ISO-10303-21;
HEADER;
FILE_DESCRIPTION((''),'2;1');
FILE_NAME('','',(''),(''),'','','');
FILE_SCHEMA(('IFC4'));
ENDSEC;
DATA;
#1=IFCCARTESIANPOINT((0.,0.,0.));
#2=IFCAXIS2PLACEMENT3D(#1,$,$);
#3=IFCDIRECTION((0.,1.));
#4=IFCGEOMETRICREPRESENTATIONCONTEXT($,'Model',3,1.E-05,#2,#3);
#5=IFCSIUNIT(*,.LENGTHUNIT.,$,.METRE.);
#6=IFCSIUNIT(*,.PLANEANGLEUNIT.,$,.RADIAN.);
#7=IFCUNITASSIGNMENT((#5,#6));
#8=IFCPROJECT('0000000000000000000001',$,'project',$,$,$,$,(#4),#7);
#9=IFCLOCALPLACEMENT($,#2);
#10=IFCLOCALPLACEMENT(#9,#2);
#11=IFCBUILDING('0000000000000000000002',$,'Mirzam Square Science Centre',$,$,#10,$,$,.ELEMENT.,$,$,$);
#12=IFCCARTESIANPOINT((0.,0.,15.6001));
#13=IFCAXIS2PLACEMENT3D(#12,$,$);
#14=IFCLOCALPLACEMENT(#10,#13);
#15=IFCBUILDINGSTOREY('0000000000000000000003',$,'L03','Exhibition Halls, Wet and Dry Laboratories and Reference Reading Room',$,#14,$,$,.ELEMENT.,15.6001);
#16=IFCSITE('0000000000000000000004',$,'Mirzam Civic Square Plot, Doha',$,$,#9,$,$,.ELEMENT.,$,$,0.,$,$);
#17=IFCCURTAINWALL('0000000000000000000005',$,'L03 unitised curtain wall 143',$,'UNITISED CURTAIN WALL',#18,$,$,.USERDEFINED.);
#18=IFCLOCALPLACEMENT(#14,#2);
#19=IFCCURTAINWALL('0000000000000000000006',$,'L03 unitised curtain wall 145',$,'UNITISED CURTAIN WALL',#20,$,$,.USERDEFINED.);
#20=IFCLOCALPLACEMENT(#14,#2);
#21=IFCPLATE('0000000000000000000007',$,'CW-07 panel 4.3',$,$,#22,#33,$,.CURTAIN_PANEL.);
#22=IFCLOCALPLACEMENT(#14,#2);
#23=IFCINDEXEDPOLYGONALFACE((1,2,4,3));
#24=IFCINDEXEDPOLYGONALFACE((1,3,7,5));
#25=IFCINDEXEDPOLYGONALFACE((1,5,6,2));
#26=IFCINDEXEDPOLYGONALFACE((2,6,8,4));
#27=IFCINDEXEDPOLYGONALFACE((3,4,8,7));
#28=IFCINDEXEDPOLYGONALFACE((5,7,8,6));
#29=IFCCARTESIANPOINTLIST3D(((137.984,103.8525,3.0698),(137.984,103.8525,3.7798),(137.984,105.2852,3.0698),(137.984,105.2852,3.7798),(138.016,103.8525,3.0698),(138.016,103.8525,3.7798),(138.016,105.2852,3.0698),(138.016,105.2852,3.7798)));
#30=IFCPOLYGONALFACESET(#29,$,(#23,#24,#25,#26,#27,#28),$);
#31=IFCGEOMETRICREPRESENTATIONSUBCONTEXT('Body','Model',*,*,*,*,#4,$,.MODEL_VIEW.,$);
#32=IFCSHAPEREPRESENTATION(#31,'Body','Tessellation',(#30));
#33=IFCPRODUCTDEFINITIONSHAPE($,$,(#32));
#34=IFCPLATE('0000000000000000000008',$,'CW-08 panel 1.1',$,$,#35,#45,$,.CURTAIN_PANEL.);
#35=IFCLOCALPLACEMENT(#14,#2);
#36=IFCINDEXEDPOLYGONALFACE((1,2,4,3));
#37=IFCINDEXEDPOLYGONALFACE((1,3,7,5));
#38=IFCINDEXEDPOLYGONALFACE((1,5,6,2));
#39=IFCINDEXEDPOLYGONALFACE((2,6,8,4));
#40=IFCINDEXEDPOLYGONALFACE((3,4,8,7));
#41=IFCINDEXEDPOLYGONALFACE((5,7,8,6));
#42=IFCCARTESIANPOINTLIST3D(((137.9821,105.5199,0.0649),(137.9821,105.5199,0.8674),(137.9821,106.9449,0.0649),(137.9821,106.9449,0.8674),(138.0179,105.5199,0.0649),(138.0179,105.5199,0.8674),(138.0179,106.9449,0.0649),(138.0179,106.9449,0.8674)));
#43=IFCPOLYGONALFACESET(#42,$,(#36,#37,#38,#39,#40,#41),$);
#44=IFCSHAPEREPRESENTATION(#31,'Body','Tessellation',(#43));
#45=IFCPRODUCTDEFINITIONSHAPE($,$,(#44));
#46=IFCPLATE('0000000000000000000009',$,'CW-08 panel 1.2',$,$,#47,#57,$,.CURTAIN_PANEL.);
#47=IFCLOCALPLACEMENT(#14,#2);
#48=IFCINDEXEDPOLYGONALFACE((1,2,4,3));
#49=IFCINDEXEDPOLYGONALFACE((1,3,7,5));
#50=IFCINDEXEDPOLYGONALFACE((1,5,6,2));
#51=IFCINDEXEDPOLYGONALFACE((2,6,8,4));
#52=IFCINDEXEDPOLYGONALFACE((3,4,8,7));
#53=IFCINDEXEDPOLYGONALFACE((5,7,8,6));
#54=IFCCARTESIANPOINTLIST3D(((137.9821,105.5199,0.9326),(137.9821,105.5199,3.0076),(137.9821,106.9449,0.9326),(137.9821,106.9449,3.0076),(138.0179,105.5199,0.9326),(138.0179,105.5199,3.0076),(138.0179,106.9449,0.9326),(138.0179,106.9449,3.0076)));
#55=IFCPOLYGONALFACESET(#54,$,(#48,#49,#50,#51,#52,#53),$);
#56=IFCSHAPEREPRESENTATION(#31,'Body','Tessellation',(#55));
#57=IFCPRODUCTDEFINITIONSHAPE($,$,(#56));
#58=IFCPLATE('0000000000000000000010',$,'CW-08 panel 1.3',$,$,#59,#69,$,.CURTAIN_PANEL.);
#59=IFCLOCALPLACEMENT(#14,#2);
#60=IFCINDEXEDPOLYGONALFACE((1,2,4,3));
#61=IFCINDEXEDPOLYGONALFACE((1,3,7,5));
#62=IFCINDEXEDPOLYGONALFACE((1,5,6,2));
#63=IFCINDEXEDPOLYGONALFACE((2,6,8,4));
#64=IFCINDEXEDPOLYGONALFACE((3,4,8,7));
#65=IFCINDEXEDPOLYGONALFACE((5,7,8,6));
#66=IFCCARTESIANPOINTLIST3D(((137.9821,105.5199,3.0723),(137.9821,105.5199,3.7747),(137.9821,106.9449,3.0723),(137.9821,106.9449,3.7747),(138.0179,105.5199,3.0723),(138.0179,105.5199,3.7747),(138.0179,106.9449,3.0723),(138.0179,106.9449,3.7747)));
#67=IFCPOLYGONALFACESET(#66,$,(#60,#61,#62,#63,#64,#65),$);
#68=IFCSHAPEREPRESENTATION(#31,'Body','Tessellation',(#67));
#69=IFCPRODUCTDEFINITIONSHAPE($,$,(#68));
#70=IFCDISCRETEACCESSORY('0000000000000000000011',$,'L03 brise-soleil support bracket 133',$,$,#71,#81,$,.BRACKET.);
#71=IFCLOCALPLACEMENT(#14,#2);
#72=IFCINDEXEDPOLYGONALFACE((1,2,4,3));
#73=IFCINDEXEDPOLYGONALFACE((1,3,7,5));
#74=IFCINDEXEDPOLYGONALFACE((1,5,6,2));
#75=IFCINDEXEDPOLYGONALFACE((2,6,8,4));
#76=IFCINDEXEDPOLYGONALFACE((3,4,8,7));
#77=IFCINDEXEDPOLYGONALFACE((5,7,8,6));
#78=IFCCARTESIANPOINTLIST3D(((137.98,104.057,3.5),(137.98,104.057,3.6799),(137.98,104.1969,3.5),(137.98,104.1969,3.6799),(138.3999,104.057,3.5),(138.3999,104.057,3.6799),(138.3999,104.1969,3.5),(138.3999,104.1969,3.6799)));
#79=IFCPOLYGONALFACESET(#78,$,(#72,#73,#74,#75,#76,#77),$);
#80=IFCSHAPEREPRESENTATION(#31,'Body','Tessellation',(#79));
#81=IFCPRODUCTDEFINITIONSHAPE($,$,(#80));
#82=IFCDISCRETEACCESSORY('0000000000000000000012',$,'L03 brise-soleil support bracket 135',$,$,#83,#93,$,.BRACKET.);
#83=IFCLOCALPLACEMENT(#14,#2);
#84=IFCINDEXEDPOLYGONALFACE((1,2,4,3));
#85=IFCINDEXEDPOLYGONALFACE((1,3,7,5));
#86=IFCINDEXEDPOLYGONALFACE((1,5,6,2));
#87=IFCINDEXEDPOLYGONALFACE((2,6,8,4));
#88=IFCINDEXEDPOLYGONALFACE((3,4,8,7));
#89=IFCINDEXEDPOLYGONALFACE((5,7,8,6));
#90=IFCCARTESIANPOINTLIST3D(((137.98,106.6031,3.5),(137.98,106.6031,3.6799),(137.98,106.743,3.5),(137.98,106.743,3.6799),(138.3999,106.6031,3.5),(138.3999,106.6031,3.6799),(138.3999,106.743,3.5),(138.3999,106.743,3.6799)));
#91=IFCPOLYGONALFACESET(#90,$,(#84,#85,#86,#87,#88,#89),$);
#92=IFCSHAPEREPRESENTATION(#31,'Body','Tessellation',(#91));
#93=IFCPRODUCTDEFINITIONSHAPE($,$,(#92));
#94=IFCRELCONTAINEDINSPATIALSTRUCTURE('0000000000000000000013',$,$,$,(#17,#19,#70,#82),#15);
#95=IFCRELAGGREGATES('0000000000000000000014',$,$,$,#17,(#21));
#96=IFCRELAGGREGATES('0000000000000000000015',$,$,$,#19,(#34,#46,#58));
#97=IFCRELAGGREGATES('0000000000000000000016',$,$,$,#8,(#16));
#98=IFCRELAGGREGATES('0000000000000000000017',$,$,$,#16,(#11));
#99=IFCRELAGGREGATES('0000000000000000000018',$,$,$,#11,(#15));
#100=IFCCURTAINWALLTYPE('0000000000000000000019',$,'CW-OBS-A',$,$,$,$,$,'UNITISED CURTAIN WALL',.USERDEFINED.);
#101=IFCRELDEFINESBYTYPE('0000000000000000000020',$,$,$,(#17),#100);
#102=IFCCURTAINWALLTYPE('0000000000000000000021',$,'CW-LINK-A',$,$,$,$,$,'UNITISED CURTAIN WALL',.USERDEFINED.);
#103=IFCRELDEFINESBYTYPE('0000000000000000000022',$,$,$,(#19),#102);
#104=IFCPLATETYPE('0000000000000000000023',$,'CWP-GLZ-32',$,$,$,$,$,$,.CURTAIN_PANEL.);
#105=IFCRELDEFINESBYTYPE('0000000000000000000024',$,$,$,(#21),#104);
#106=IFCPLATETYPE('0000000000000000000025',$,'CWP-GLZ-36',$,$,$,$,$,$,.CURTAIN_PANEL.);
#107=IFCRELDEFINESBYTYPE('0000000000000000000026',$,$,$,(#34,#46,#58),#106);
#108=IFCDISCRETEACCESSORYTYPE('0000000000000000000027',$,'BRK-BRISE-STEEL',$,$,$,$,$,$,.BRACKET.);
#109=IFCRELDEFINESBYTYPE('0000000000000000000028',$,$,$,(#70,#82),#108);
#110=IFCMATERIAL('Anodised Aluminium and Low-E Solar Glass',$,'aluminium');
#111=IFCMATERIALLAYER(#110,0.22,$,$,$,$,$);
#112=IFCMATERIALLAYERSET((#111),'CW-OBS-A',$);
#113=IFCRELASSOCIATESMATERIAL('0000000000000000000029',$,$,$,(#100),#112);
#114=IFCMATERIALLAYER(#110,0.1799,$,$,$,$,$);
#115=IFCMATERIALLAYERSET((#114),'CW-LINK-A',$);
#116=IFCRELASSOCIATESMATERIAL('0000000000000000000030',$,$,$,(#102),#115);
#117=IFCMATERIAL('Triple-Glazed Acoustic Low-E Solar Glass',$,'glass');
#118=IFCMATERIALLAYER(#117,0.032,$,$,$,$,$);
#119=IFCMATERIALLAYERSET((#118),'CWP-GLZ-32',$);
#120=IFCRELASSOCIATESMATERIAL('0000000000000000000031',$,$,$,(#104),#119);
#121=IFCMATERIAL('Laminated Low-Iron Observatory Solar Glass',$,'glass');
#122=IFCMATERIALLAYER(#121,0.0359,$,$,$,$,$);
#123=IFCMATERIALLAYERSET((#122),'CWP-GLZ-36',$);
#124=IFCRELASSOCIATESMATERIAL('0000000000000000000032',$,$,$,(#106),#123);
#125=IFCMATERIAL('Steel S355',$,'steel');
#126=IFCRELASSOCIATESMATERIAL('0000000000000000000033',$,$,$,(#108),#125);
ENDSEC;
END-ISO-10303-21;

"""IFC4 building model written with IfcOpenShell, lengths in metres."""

from ifc_helpers import new_model, si_unit, direction, frame, origin, origin_2d, place, context, subcontext, project, spatial, rectangle, extrude, material, layer, layer_set, type_object, element, aggregate, save


model = new_model("IFC4")

# Units and contexts
model_context = context("Model", 3, precision=1e-05, world=origin(), true_north=direction((0.0, 1.0)))
body_context = subcontext(model_context, "Body", "Model", "MODEL_VIEW")
ifc_project = project(units=[si_unit("LENGTHUNIT", "METRE"), si_unit("PLANEANGLEUNIT", "RADIAN")], contexts=[model_context])

# Site, building, storey
site_placement = place(None, origin())
site = spatial("IfcSite", under=ifc_project, at=site_placement, Name="Mirzam Civic Square Plot, Doha", CompositionType="ELEMENT", RefElevation=0.0)
building_placement = place(site_placement, origin())
building = spatial("IfcBuilding", under=site, at=building_placement, Name="Mirzam Square Science Centre", CompositionType="ELEMENT")
storey_placement = place(building_placement, frame((0.0, 0.0, 15.6001)))
storey = spatial("IfcBuildingStorey", under=building, at=storey_placement, Name="L03", Description="Exhibition Halls, Wet and Dry Laboratories and Reference Reading Room", CompositionType="ELEMENT", Elevation=15.6001)

# Shared definitions
ifc_material_1 = material(Name="Steel S355", Category="steel")

# Curtain wall
ifc_material_2 = material(Name="Anodised Aluminium and Low-E Solar Glass", Category="aluminium")
ifc_layer_1 = layer(ifc_material_2, 0.22)
ifc_layer_set_1 = layer_set([ifc_layer_1], Name="CW-OBS-A")
curtain_wall_type_1 = type_object("IfcCurtainWallType", Name="CW-OBS-A", ElementType="UNITISED CURTAIN WALL", PredefinedType="USERDEFINED", material=ifc_layer_set_1)
curtain_wall_1_placement = place(storey_placement, origin())
curtain_wall_1 = element("IfcCurtainWall", 1, at=curtain_wall_1_placement, inside=storey, type_object=curtain_wall_type_1, Name="L03 unitised curtain wall 143", ObjectType="UNITISED CURTAIN WALL", PredefinedType="USERDEFINED")

# Curtain wall
ifc_layer_2 = layer(ifc_material_2, 0.1799)
ifc_layer_set_2 = layer_set([ifc_layer_2], Name="CW-LINK-A")
curtain_wall_type_2 = type_object("IfcCurtainWallType", Name="CW-LINK-A", ElementType="UNITISED CURTAIN WALL", PredefinedType="USERDEFINED", material=ifc_layer_set_2)
curtain_wall_2_placement = place(storey_placement, origin())
curtain_wall_2 = element("IfcCurtainWall", 2, at=curtain_wall_2_placement, inside=storey, type_object=curtain_wall_type_2, Name="L03 unitised curtain wall 145", ObjectType="UNITISED CURTAIN WALL", PredefinedType="USERDEFINED")

# Plates
ifc_material_3 = material(Name="Triple-Glazed Acoustic Low-E Solar Glass", Category="glass")
ifc_layer_3 = layer(ifc_material_3, 0.032)
ifc_layer_set_3 = layer_set([ifc_layer_3], Name="CWP-GLZ-32")
plate_type_1 = type_object("IfcPlateType", Name="CWP-GLZ-32", PredefinedType="CURTAIN_PANEL", material=ifc_layer_set_3)
plate_1_placement = place(storey_placement, frame((138.0, 104.5688, 3.0698), z_axis=(0.0, 0.0, 1.0), x_axis=(0.0, 1.0, 0.0)))
plate_1 = element("IfcPlate", 3, at=plate_1_placement, type_object=plate_type_1, Name="CW-07 panel 4.3", PredefinedType="CURTAIN_PANEL", context=body_context, shape_type="SweptSolid", body=[
    extrude(rectangle(XDim=1.4326, YDim=0.032, at=origin_2d()), origin(), (0.0, 0.0, 1.0), 0.71),
])
aggregate(curtain_wall_1, [plate_1])
ifc_material_4 = material(Name="Laminated Low-Iron Observatory Solar Glass", Category="glass")
ifc_layer_4 = layer(ifc_material_4, 0.0359)
ifc_layer_set_4 = layer_set([ifc_layer_4], Name="CWP-GLZ-36")
plate_type_2 = type_object("IfcPlateType", Name="CWP-GLZ-36", PredefinedType="CURTAIN_PANEL", material=ifc_layer_set_4)
plate_2_placement = place(storey_placement, frame((138.0, 106.2324, 0.0649), z_axis=(0.0, 0.0, 1.0), x_axis=(0.0, 1.0, 0.0)))
plate_2 = element("IfcPlate", 4, at=plate_2_placement, type_object=plate_type_2, Name="CW-08 panel 1.1", PredefinedType="CURTAIN_PANEL", context=body_context, shape_type="SweptSolid", body=[
    extrude(rectangle(XDim=1.425, YDim=0.0359, at=origin_2d()), origin(), (0.0, 0.0, 1.0), 0.8025),
])
plate_3_placement = place(storey_placement, frame((138.0, 106.2324, 0.9326), z_axis=(0.0, 0.0, 1.0), x_axis=(0.0, 1.0, 0.0)))
plate_3 = element("IfcPlate", 5, at=plate_3_placement, type_object=plate_type_2, Name="CW-08 panel 1.2", PredefinedType="CURTAIN_PANEL", context=body_context, shape_type="SweptSolid", body=[
    extrude(rectangle(XDim=1.425, YDim=0.0359, at=origin_2d()), origin(), (0.0, 0.0, 1.0), 2.075),
])
plate_4_placement = place(storey_placement, frame((138.0, 106.2324, 3.0723), z_axis=(0.0, 0.0, 1.0), x_axis=(0.0, 1.0, 0.0)))
plate_4 = element("IfcPlate", 6, at=plate_4_placement, type_object=plate_type_2, Name="CW-08 panel 1.3", PredefinedType="CURTAIN_PANEL", context=body_context, shape_type="SweptSolid", body=[
    extrude(rectangle(XDim=1.425, YDim=0.0359, at=origin_2d()), origin(), (0.0, 0.0, 1.0), 0.7024),
])
aggregate(curtain_wall_2, [plate_2, plate_3, plate_4])

# Discrete accessories
discrete_accessory_type = type_object("IfcDiscreteAccessoryType", Name="BRK-BRISE-STEEL", PredefinedType="BRACKET", material=ifc_material_1)
for number, where, z_axis, x_axis, name in (
    (7, (138.1899, 104.127, 3.5), (0.0, 0.0, 1.0), (0.0, 1.0, 0.0), "L03 brise-soleil support bracket 133"),
    (8, (138.1899, 106.6731, 3.5), (0.0, 0.0, 1.0), (0.0, 1.0, 0.0), "L03 brise-soleil support bracket 135"),
):
    element("IfcDiscreteAccessory", number, at=place(storey_placement, frame(where, z_axis=z_axis, x_axis=x_axis)), inside=storey, type_object=discrete_accessory_type, Name=name, PredefinedType="BRACKET", context=body_context, shape_type="SweptSolid", body=[
        extrude(rectangle(XDim=0.1399, YDim=0.4199, at=origin_2d()), origin(), (0.0, 0.0, 1.0), 0.1799),
    ])

save(model, "model.ifc")
